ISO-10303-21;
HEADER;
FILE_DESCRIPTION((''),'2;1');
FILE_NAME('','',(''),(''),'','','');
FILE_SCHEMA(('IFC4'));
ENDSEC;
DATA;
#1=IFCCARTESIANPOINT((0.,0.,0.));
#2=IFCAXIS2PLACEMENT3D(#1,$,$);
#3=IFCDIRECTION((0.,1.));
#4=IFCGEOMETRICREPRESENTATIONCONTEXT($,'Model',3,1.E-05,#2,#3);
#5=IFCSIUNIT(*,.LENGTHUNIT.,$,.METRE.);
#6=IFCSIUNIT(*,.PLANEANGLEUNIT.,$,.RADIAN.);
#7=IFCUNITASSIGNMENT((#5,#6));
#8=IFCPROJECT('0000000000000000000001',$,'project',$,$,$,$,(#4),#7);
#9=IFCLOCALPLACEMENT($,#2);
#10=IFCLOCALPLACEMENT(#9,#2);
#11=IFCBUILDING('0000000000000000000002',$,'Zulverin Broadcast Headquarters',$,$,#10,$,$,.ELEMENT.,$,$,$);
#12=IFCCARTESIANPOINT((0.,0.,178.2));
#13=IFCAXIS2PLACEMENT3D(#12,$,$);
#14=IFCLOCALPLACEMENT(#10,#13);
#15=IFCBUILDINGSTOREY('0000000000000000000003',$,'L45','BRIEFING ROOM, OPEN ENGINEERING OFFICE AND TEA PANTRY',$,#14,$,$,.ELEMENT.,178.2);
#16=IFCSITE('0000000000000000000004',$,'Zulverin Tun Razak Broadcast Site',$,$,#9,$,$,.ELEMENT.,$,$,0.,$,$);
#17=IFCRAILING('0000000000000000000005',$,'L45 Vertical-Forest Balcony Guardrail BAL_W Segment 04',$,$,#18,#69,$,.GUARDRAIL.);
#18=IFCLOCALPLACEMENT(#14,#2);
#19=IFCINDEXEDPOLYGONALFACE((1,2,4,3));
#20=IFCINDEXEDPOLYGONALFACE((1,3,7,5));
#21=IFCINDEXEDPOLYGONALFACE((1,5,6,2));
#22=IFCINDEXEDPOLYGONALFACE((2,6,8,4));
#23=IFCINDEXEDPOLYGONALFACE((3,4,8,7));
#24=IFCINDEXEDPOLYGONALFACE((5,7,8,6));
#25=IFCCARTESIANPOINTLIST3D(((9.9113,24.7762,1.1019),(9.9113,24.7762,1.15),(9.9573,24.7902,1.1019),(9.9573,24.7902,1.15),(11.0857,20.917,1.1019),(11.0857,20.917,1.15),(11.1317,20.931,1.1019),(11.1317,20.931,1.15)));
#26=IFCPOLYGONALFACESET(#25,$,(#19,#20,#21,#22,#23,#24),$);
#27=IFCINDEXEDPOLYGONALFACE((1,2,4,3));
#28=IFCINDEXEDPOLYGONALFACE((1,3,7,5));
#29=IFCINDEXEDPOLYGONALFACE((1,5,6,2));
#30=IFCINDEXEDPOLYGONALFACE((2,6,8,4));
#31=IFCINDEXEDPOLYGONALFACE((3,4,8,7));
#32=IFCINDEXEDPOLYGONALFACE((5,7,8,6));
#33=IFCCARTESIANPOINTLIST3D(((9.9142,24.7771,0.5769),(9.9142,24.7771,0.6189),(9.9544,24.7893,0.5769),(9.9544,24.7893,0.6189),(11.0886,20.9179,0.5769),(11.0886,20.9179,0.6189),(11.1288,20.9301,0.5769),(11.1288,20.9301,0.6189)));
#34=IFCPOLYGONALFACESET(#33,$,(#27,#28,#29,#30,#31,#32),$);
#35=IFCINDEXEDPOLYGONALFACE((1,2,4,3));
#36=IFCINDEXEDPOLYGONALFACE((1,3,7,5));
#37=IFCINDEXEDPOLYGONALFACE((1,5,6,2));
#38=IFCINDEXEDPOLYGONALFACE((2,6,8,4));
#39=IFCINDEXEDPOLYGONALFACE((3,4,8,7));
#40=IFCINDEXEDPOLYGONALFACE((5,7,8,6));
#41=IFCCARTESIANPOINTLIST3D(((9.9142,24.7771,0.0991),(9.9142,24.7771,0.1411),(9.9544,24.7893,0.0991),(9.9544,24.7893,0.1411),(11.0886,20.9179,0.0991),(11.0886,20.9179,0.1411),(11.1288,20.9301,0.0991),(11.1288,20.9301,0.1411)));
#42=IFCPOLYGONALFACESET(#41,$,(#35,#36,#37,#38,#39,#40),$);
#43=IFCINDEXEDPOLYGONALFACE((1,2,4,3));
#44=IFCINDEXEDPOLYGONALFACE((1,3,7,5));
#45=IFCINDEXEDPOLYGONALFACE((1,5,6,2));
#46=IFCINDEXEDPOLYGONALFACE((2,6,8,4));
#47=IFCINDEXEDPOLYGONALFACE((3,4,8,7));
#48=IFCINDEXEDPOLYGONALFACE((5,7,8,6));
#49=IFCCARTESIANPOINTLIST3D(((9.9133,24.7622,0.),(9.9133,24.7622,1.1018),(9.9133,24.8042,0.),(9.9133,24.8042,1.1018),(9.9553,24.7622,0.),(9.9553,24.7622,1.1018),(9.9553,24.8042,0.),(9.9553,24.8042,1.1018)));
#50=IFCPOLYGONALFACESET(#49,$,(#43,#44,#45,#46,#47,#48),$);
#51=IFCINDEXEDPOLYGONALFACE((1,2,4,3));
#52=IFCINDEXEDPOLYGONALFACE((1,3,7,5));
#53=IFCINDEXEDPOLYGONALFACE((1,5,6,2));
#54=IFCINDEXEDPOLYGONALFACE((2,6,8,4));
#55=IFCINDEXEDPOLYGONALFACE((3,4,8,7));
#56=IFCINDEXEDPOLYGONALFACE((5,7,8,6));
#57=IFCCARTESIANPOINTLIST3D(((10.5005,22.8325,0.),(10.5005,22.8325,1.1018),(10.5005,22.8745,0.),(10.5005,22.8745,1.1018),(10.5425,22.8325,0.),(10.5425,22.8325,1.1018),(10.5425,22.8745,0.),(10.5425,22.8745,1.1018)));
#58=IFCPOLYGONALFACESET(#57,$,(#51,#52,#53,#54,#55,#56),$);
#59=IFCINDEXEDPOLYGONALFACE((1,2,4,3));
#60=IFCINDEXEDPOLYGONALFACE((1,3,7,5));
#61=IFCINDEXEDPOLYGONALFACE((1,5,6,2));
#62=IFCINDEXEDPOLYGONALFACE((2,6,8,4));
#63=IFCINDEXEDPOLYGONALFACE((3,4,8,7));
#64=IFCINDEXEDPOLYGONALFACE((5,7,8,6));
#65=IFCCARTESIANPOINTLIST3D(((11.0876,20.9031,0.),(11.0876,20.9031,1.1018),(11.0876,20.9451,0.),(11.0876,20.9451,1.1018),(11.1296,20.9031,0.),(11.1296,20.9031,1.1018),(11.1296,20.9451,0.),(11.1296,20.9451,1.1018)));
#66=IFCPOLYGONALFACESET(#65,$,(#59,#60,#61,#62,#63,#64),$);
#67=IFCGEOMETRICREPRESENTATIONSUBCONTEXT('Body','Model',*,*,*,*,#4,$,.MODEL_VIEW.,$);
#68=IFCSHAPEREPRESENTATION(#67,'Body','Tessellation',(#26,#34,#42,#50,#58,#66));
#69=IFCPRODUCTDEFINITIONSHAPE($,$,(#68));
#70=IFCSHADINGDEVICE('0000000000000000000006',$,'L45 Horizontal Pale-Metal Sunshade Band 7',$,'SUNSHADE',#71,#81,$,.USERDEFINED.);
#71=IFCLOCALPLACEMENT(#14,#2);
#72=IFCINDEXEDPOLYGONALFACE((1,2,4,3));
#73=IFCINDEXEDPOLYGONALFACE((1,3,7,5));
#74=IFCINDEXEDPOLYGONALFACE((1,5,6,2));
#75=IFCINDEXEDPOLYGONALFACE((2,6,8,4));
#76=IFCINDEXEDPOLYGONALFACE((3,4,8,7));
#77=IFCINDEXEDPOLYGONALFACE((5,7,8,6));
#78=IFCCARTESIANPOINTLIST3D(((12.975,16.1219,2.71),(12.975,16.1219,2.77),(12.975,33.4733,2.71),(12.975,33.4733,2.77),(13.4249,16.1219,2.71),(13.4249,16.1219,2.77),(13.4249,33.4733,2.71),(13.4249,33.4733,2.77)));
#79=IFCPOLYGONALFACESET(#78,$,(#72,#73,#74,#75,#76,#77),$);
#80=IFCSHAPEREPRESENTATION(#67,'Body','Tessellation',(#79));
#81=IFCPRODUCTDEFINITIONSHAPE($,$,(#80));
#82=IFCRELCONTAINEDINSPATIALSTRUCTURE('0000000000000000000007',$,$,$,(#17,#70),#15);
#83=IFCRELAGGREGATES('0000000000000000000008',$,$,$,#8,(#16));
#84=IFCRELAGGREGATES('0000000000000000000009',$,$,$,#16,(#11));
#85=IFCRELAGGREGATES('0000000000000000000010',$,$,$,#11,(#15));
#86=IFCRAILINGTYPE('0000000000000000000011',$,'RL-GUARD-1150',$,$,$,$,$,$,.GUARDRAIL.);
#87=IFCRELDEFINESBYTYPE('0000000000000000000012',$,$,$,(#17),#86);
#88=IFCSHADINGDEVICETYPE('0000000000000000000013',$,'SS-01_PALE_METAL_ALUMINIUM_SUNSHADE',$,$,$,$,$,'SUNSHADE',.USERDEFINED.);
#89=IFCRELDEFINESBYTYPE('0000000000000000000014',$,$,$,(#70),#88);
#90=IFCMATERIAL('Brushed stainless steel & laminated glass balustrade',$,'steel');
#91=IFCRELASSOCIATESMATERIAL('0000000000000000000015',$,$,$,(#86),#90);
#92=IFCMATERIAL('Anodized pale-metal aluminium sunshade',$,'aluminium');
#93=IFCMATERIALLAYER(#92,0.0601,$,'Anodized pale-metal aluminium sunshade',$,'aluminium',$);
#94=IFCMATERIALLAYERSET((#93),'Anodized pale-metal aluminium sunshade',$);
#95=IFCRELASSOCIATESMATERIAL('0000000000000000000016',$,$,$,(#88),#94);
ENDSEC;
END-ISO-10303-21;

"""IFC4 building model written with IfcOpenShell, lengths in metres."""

from ifc_helpers import new_model, si_unit, direction, frame, origin, origin_2d, place, context, subcontext, project, spatial, rectangle, extrude, material, layer, layer_set, type_object, element, save


model = new_model("IFC4")

# Units and contexts
model_context = context("Model", 3, precision=1e-05, world=origin(), true_north=direction((0.0, 1.0)))
body_context = subcontext(model_context, "Body", "Model", "MODEL_VIEW")
ifc_project = project(units=[si_unit("LENGTHUNIT", "METRE"), si_unit("PLANEANGLEUNIT", "RADIAN")], contexts=[model_context])

# Site, building, storey
site_placement = place(None, origin())
site = spatial("IfcSite", under=ifc_project, at=site_placement, Name="Zulverin Tun Razak Broadcast Site", CompositionType="ELEMENT", RefElevation=0.0)
building_placement = place(site_placement, origin())
building = spatial("IfcBuilding", under=site, at=building_placement, Name="Zulverin Broadcast Headquarters", CompositionType="ELEMENT")
storey_placement = place(building_placement, frame((0.0, 0.0, 178.2)))
storey = spatial("IfcBuildingStorey", under=building, at=storey_placement, Name="L45", Description="BRIEFING ROOM, OPEN ENGINEERING OFFICE AND TEA PANTRY", CompositionType="ELEMENT", Elevation=178.2)

# Railing
ifc_material_1 = material(Name="Brushed stainless steel & laminated glass balustrade", Category="steel")
railing_type = type_object("IfcRailingType", Name="RL-GUARD-1150", PredefinedType="GUARDRAIL", material=ifc_material_1)
railing_1_placement = place(storey_placement, frame((9.9343, 24.7832, 0.0)))
element("IfcRailing", 1, at=railing_1_placement, inside=storey, type_object=railing_type, Name="L45 Vertical-Forest Balcony Guardrail BAL_W Segment 04", PredefinedType="GUARDRAIL", context=body_context, shape_type="SweptSolid", body=[
    extrude(rectangle(XDim=0.0481, YDim=0.0481, at=origin_2d()), frame((0.0, 0.0, 1.126), z_axis=(0.291116, -0.956688, 0.0), x_axis=(0.956688, 0.291116, 0.0)), (0.0, 0.0, 1.0), 4.0339),
    extrude(rectangle(XDim=0.042, YDim=0.042, at=origin_2d()), frame((0.0, 0.0, 0.5979), z_axis=(0.291116, -0.956688, 0.0), x_axis=(0.956688, 0.291116, 0.0)), (0.0, 0.0, 1.0), 4.0339),
    extrude(rectangle(XDim=0.042, YDim=0.042, at=origin_2d()), frame((0.0, 0.0, 0.1201), z_axis=(0.291116, -0.956688, 0.0), x_axis=(0.956688, 0.291116, 0.0)), (0.0, 0.0, 1.0), 4.0339),
    extrude(rectangle(XDim=0.042, YDim=0.042, at=origin_2d()), origin(), (0.0, 0.0, 1.0), 1.1018),
    extrude(rectangle(XDim=0.042, YDim=0.042, at=origin_2d()), frame((0.5872, -1.9297, 0.0)), (0.0, 0.0, 1.0), 1.1018),
    extrude(rectangle(XDim=0.042, YDim=0.042, at=origin_2d()), frame((1.1743, -3.8591, 0.0)), (0.0, 0.0, 1.0), 1.1018),
])

# Shading device
ifc_material_2 = material(Name="Anodized pale-metal aluminium sunshade", Category="aluminium")
ifc_layer_1 = layer(ifc_material_2, 0.0601, Name="Anodized pale-metal aluminium sunshade", Category="aluminium")
ifc_layer_set_1 = layer_set([ifc_layer_1], Name="Anodized pale-metal aluminium sunshade")
shading_device_type = type_object("IfcShadingDeviceType", Name="SS-01_PALE_METAL_ALUMINIUM_SUNSHADE", ElementType="SUNSHADE", PredefinedType="USERDEFINED", material=ifc_layer_set_1)
shading_device_placement = place(storey_placement, frame((13.2, 24.7976, 2.71), z_axis=(0.0, 0.0, 1.0), x_axis=(0.0, -1.0, 0.0)))
element("IfcShadingDevice", 2, at=shading_device_placement, inside=storey, type_object=shading_device_type, Name="L45 Horizontal Pale-Metal Sunshade Band 7", ObjectType="SUNSHADE", PredefinedType="USERDEFINED", context=body_context, shape_type="SweptSolid", body=[
    extrude(rectangle(XDim=17.3513, YDim=0.45, at=origin_2d()), origin(), (0.0, 0.0, 1.0), 0.0601),
])

save(model, "model.ifc")
